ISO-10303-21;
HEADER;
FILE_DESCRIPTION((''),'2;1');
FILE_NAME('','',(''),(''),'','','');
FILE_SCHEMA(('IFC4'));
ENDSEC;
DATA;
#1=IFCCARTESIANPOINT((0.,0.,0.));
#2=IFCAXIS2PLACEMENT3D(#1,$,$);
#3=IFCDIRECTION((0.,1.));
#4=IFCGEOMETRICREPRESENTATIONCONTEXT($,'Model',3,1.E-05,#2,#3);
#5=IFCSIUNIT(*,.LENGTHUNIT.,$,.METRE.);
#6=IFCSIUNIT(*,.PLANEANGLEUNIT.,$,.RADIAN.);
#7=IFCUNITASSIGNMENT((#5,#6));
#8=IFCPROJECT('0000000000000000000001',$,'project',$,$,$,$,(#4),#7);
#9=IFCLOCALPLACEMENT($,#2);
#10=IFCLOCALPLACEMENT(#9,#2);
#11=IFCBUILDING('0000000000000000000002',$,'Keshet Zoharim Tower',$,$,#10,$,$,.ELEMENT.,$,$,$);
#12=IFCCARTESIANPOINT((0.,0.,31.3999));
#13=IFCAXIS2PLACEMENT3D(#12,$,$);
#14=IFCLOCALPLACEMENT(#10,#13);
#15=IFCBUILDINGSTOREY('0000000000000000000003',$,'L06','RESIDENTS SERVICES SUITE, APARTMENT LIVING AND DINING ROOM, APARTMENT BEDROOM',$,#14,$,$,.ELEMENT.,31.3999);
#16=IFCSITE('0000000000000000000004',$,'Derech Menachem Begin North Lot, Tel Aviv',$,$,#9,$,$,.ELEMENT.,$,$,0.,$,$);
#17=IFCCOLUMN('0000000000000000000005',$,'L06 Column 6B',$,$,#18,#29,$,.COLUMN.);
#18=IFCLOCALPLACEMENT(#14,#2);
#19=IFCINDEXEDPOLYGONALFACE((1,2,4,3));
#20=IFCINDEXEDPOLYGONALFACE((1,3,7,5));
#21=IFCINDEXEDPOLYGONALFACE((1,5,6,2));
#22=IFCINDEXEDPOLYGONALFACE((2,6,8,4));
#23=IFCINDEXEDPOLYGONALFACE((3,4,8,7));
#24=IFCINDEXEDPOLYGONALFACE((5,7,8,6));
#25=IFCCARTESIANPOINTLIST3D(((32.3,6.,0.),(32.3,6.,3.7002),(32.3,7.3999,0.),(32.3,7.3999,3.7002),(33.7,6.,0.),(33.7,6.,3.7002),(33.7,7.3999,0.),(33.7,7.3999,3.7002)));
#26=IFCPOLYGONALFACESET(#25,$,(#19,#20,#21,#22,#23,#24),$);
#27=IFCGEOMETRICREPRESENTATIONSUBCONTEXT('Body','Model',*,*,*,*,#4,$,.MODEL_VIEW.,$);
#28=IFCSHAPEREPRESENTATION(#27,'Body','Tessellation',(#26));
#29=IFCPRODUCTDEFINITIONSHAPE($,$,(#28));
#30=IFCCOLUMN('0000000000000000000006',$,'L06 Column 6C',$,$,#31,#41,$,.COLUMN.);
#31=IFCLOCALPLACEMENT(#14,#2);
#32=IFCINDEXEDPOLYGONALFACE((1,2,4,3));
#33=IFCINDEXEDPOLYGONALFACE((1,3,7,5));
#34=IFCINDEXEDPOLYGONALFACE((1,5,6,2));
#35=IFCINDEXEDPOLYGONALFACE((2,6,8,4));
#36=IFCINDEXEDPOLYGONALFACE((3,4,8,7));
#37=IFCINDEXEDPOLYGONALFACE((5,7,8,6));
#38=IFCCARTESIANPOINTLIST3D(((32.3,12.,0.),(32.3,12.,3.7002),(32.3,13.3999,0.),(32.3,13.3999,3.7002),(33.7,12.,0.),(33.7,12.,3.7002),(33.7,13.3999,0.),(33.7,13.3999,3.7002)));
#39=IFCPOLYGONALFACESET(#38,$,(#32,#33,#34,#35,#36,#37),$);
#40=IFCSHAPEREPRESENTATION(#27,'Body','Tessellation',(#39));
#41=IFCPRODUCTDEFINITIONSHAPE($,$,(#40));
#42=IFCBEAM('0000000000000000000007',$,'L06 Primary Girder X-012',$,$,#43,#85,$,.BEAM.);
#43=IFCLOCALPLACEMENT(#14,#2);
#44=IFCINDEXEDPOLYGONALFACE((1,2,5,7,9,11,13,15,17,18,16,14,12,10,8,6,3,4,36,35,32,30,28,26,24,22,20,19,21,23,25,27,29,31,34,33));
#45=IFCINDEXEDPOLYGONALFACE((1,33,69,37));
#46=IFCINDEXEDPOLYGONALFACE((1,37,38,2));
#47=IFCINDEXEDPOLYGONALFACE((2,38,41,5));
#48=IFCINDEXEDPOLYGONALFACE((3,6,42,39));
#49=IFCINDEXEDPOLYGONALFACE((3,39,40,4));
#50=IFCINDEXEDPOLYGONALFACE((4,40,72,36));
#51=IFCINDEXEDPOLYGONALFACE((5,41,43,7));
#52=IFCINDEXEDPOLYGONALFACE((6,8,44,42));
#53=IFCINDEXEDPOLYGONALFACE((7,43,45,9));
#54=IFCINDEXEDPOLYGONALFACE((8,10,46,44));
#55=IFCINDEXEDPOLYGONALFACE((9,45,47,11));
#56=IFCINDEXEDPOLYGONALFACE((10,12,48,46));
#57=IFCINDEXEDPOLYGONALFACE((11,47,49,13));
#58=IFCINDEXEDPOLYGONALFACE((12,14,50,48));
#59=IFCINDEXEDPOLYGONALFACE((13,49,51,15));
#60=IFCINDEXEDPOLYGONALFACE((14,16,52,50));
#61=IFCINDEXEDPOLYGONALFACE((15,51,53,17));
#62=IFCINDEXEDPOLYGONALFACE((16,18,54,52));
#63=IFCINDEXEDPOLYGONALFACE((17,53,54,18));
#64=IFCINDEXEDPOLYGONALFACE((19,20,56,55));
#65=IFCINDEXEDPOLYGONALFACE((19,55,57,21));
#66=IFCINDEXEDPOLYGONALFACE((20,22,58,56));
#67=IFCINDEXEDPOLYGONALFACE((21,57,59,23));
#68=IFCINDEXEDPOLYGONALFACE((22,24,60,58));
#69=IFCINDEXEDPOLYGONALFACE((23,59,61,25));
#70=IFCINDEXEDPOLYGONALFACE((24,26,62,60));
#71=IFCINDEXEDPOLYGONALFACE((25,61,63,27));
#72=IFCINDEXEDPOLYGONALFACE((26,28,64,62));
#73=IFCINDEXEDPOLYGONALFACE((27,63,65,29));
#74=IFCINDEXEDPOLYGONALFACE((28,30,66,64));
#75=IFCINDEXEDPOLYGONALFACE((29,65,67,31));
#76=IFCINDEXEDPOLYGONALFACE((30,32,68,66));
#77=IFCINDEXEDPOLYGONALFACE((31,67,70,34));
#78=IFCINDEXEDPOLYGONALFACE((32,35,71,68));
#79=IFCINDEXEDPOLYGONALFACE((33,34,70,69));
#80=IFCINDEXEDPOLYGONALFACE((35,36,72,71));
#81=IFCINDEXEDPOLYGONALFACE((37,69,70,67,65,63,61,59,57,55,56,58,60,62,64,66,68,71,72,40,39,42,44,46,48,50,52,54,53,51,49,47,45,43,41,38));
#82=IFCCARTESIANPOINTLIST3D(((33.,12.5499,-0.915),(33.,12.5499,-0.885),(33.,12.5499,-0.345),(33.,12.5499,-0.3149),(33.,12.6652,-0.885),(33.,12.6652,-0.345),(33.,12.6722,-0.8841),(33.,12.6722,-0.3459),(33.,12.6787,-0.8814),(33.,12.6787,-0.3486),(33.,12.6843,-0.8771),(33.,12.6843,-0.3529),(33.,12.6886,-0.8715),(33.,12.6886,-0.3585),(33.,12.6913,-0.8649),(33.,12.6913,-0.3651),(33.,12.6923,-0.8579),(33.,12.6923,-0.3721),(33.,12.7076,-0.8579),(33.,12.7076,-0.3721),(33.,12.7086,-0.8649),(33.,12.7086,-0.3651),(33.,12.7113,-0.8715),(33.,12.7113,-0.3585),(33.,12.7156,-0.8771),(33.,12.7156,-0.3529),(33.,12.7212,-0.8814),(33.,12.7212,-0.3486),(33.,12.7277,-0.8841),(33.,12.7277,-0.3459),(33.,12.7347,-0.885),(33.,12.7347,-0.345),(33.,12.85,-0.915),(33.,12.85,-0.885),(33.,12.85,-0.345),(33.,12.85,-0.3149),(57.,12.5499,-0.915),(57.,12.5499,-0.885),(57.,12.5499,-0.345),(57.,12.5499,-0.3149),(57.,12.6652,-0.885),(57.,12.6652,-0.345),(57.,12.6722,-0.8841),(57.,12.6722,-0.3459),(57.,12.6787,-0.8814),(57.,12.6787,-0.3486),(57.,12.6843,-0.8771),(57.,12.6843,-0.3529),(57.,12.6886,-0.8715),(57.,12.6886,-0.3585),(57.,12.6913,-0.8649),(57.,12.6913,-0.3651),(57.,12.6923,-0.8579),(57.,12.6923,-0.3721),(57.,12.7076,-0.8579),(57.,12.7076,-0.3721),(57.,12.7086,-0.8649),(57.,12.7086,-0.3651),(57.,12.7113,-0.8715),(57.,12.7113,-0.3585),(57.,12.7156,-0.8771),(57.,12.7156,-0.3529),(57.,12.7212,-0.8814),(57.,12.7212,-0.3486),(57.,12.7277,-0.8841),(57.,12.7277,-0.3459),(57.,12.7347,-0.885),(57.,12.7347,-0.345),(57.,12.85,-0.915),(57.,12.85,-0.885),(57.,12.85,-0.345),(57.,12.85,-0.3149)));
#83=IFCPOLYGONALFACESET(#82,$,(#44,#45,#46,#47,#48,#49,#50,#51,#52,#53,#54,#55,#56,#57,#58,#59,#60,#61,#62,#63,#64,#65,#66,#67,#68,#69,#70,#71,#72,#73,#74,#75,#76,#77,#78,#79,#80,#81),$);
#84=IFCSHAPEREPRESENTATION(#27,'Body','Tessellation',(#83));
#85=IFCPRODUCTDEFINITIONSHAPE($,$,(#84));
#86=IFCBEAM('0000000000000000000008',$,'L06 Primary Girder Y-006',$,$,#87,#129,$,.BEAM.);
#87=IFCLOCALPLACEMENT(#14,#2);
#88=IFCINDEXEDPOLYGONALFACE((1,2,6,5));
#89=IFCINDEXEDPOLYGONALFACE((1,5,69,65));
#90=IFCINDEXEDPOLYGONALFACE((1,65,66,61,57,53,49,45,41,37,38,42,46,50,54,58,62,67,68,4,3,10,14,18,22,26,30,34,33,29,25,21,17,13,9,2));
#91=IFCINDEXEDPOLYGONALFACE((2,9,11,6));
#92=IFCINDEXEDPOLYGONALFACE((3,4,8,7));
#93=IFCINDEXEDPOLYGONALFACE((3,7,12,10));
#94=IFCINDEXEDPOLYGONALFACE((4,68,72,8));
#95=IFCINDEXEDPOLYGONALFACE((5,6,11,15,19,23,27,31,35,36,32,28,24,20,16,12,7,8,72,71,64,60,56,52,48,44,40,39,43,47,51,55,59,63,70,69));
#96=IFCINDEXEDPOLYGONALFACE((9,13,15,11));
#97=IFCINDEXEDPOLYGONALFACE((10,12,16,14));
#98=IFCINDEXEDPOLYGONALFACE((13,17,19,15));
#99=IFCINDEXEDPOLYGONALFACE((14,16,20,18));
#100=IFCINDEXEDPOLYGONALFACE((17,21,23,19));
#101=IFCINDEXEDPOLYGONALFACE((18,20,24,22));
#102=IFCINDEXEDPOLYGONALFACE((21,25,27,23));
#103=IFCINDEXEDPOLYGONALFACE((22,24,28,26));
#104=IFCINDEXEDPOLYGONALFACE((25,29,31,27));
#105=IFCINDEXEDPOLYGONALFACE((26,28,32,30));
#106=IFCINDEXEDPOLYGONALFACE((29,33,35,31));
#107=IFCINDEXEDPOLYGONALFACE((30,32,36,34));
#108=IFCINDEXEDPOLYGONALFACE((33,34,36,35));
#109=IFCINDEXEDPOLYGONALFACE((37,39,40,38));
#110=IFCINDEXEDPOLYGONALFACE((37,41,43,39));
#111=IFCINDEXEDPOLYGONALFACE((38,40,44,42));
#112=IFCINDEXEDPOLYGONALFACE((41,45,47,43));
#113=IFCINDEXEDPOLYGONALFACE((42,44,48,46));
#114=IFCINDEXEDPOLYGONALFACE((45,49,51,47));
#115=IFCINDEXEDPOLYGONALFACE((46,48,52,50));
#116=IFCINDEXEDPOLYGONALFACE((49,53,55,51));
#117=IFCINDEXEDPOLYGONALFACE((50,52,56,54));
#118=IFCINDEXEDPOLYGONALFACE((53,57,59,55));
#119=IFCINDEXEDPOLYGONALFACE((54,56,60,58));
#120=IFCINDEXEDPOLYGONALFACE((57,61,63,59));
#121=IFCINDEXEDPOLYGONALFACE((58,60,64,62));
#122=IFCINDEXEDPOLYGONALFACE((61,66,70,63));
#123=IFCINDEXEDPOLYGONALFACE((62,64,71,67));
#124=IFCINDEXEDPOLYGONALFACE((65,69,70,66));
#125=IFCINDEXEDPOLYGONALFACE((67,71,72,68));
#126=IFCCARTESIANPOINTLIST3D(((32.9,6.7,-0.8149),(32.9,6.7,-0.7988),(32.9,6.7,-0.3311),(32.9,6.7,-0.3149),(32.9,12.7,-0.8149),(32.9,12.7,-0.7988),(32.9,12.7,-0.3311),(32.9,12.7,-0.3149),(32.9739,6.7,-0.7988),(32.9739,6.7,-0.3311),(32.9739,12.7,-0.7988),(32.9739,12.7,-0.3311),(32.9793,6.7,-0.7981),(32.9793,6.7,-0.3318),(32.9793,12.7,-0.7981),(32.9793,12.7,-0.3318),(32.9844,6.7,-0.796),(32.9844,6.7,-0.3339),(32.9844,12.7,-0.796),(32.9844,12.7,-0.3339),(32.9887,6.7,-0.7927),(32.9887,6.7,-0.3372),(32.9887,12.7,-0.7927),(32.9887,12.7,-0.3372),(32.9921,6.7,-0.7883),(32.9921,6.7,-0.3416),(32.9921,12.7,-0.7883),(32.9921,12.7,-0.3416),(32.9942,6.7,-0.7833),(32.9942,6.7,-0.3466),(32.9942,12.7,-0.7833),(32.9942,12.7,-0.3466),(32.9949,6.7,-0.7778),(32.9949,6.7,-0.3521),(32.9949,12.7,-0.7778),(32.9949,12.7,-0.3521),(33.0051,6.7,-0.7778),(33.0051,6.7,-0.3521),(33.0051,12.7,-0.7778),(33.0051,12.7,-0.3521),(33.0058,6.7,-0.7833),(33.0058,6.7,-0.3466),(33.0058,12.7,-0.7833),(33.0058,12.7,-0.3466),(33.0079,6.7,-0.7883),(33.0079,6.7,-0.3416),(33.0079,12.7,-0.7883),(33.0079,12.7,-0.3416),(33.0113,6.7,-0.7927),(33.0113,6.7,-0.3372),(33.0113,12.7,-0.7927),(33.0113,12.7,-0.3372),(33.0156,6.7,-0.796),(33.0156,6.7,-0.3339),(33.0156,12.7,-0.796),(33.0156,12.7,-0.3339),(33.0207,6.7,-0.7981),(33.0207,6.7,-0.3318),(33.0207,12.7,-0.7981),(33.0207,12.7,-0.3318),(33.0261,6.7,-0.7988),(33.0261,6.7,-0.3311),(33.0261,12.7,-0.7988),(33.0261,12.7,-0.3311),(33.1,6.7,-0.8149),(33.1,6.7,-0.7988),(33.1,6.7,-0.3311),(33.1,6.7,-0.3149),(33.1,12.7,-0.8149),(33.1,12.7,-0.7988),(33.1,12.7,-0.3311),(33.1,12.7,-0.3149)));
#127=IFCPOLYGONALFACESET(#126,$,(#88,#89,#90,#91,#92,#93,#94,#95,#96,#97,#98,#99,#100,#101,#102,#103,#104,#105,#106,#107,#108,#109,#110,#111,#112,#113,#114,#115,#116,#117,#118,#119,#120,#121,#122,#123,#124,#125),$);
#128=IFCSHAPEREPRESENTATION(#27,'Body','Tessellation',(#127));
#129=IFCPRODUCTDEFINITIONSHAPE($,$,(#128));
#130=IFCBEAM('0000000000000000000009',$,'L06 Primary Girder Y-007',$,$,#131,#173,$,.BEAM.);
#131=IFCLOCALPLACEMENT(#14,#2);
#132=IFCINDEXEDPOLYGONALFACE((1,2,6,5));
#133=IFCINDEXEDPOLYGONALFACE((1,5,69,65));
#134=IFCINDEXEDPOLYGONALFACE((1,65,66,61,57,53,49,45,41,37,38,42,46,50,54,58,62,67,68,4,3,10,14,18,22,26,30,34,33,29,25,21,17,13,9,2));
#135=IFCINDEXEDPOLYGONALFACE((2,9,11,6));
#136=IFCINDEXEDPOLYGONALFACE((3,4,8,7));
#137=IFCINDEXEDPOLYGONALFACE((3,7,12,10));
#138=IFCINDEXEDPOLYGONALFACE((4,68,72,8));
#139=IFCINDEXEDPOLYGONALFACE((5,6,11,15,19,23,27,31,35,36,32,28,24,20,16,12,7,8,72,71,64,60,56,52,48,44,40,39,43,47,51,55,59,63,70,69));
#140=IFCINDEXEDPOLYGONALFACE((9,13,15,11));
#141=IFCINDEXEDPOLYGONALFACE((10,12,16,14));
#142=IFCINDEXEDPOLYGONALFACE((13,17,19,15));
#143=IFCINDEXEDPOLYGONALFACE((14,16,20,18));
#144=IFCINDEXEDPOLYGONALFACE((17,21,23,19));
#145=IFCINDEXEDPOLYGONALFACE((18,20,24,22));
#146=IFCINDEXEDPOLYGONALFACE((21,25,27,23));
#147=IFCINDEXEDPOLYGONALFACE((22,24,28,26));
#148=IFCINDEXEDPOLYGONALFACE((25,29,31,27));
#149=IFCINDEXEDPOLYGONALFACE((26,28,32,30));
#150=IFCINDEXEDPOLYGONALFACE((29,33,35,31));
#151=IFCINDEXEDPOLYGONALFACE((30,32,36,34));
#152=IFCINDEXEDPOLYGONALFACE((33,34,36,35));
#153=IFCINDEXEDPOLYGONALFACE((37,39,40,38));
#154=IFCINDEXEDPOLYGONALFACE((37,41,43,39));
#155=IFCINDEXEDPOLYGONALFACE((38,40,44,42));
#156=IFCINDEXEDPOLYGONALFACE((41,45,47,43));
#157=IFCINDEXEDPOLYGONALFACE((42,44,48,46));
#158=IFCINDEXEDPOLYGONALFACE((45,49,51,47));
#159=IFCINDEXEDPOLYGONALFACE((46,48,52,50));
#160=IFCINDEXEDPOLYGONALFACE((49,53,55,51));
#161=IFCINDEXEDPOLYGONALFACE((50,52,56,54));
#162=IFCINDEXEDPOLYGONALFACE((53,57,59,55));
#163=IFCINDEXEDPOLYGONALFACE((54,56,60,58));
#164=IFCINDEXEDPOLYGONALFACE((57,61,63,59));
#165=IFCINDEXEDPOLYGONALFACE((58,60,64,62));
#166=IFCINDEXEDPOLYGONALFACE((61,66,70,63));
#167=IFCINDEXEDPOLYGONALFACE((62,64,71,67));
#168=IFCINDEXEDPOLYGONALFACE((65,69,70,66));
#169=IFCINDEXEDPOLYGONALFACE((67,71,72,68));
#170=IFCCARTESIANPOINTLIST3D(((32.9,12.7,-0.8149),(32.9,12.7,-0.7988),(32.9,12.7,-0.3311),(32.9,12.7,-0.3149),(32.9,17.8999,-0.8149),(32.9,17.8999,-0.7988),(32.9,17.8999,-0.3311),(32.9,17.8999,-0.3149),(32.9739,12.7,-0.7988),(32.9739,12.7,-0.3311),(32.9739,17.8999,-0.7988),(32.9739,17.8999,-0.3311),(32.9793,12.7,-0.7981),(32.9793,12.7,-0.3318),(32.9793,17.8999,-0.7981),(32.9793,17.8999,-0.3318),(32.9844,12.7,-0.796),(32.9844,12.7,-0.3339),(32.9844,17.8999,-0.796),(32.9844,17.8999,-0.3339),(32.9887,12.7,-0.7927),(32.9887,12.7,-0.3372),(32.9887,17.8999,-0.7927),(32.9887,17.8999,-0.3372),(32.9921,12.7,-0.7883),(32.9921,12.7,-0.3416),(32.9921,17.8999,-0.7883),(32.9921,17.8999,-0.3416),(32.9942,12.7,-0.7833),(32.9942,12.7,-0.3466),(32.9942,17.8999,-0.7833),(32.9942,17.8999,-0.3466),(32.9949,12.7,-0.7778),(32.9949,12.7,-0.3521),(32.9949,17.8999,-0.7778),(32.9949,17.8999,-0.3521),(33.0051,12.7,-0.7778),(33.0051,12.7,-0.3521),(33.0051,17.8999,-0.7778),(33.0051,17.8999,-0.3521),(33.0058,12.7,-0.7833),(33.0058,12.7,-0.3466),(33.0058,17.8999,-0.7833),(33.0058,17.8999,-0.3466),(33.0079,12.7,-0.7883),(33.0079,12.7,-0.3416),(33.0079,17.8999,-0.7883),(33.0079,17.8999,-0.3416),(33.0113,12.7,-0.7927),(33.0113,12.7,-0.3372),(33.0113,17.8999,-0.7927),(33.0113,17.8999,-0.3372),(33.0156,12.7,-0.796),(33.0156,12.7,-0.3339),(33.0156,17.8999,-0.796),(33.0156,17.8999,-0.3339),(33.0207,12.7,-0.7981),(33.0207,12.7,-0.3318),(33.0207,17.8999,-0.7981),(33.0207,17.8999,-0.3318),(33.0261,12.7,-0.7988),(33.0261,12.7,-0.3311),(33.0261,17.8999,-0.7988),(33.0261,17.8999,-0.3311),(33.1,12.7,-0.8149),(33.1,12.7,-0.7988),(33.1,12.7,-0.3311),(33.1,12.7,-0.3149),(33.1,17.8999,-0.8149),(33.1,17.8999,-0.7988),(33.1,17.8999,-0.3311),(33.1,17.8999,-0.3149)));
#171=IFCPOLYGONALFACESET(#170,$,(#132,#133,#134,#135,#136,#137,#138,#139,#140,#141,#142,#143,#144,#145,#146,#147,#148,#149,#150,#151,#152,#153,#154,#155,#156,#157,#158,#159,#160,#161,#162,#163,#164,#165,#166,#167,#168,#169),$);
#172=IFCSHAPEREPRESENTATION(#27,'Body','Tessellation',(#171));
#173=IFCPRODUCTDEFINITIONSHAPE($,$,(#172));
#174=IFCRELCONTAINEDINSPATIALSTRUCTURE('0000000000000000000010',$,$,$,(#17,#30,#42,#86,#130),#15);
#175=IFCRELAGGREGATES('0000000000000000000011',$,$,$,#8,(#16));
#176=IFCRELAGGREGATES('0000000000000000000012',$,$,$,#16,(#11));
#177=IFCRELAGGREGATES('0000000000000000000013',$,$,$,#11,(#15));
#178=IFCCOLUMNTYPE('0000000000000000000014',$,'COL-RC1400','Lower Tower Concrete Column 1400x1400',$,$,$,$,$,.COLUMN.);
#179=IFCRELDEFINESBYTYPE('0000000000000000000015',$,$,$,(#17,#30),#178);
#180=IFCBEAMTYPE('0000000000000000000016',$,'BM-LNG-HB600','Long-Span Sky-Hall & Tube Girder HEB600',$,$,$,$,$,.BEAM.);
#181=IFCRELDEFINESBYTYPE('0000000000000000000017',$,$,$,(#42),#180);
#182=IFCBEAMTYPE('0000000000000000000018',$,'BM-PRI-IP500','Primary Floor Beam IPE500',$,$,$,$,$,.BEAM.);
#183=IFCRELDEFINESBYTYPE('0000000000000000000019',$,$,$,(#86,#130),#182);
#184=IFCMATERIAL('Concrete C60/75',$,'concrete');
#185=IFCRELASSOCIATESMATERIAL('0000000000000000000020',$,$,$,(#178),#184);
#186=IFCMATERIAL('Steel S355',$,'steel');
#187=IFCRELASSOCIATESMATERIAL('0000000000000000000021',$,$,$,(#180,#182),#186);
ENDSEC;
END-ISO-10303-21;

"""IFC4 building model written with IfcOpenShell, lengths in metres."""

from ifc_helpers import new_model, si_unit, direction, frame, origin, origin_2d, place, context, subcontext, project, spatial, rectangle, i_section, extrude, material, material_profile, profile_set, type_object, element, save


model = new_model("IFC4")

# Units and contexts
model_context = context("Model", 3, precision=1e-05, world=origin(), true_north=direction((0.0, 1.0)))
body_context = subcontext(model_context, "Body", "Model", "MODEL_VIEW")
ifc_project = project(units=[si_unit("LENGTHUNIT", "METRE"), si_unit("PLANEANGLEUNIT", "RADIAN")], contexts=[model_context])

# Site, building, storey
site_placement = place(None, origin())
site = spatial("IfcSite", under=ifc_project, at=site_placement, Name="Derech Menachem Begin North Lot, Tel Aviv", CompositionType="ELEMENT", RefElevation=0.0)
building_placement = place(site_placement, origin())
building = spatial("IfcBuilding", under=site, at=building_placement, Name="Keshet Zoharim Tower", CompositionType="ELEMENT")
storey_placement = place(building_placement, frame((0.0, 0.0, 31.3999)))
storey = spatial("IfcBuildingStorey", under=building, at=storey_placement, Name="L06", Description="RESIDENTS SERVICES SUITE, APARTMENT LIVING AND DINING ROOM, APARTMENT BEDROOM", CompositionType="ELEMENT", Elevation=31.3999)

# Columns
ifc_material_1 = material(Name="Concrete C60/75", Category="concrete")
ifc_material_profile_1 = material_profile(ifc_material_1, rectangle(XDim=1.3999, YDim=1.3999, at=origin_2d()), Name="RC1400x1400")
ifc_profile_set_1 = profile_set([ifc_material_profile_1], Name="Concrete C60/75")
column_type = type_object("IfcColumnType", Name="COL-RC1400", Description="Lower Tower Concrete Column 1400x1400", PredefinedType="COLUMN", material=ifc_profile_set_1)
for number, where, z_axis, x_axis, name in (
    (1, (33.0, 6.7, 0.0), (0.0, 0.0, 1.0), (1.0, 0.0, 0.0), "L06 Column 6B"),
    (2, (33.0, 12.7, 0.0), (0.0, 0.0, 1.0), (1.0, 0.0, 0.0), "L06 Column 6C"),
):
    element("IfcColumn", number, at=place(storey_placement, frame(where, z_axis=z_axis, x_axis=x_axis)), inside=storey, type_object=column_type, Name=name, PredefinedType="COLUMN", context=body_context, shape_type="SweptSolid", body=[
        extrude(rectangle(XDim=1.3999, YDim=1.3999, at=origin_2d()), origin(), (0.0, 0.0, 1.0), 3.7002),
    ])

# Beams
ifc_material_2 = material(Name="Steel S355", Category="steel")
ifc_material_profile_2 = material_profile(ifc_material_2, i_section(OverallWidth=0.3, OverallDepth=0.6001, WebThickness=0.0154, FlangeThickness=0.03, FilletRadius=0.0271, at=origin_2d()), Name="HEB600")
ifc_profile_set_2 = profile_set([ifc_material_profile_2], Name="Steel S355")
beam_type_1 = type_object("IfcBeamType", Name="BM-LNG-HB600", Description="Long-Span Sky-Hall & Tube Girder HEB600", PredefinedType="BEAM", material=ifc_profile_set_2)
beam_1_placement = place(storey_placement, frame((33.0, 12.7, -0.615), z_axis=(1.0, 0.0, 0.0), x_axis=(0.0, 1.0, 0.0)))
element("IfcBeam", 3, at=beam_1_placement, inside=storey, type_object=beam_type_1, Name="L06 Primary Girder X-012", PredefinedType="BEAM", context=body_context, shape_type="SweptSolid", body=[
    extrude(i_section(OverallWidth=0.3, OverallDepth=0.6001, WebThickness=0.0154, FlangeThickness=0.03, FilletRadius=0.0271, at=origin_2d()), origin(), (0.0, 0.0, 1.0), 24.0),
])
ifc_material_profile_3 = material_profile(ifc_material_2, i_section(OverallWidth=0.2, OverallDepth=0.5, WebThickness=0.0103, FlangeThickness=0.0161, FilletRadius=0.021, at=origin_2d()), Name="IPE500")
ifc_profile_set_3 = profile_set([ifc_material_profile_3], Name="Steel S355")
beam_type_2 = type_object("IfcBeamType", Name="BM-PRI-IP500", Description="Primary Floor Beam IPE500", PredefinedType="BEAM", material=ifc_profile_set_3)
beam_2_placement = place(storey_placement, frame((33.0, 6.7, -0.5649), z_axis=(0.0, 1.0, 0.0), x_axis=(-1.0, 0.0, 0.0)))
element("IfcBeam", 4, at=beam_2_placement, inside=storey, type_object=beam_type_2, Name="L06 Primary Girder Y-006", PredefinedType="BEAM", context=body_context, shape_type="SweptSolid", body=[
    extrude(i_section(OverallWidth=0.2, OverallDepth=0.5, WebThickness=0.0103, FlangeThickness=0.0161, FilletRadius=0.021, at=origin_2d()), origin(), (0.0, 0.0, 1.0), 6.0),
])
beam_3_placement = place(storey_placement, frame((33.0, 12.7, -0.5649), z_axis=(0.0, 1.0, 0.0), x_axis=(-1.0, 0.0, 0.0)))
element("IfcBeam", 5, at=beam_3_placement, inside=storey, type_object=beam_type_2, Name="L06 Primary Girder Y-007", PredefinedType="BEAM", context=body_context, shape_type="SweptSolid", body=[
    extrude(i_section(OverallWidth=0.2, OverallDepth=0.5, WebThickness=0.0103, FlangeThickness=0.0161, FilletRadius=0.021, at=origin_2d()), origin(), (0.0, 0.0, 1.0), 5.2),
])

save(model, "model.ifc")
